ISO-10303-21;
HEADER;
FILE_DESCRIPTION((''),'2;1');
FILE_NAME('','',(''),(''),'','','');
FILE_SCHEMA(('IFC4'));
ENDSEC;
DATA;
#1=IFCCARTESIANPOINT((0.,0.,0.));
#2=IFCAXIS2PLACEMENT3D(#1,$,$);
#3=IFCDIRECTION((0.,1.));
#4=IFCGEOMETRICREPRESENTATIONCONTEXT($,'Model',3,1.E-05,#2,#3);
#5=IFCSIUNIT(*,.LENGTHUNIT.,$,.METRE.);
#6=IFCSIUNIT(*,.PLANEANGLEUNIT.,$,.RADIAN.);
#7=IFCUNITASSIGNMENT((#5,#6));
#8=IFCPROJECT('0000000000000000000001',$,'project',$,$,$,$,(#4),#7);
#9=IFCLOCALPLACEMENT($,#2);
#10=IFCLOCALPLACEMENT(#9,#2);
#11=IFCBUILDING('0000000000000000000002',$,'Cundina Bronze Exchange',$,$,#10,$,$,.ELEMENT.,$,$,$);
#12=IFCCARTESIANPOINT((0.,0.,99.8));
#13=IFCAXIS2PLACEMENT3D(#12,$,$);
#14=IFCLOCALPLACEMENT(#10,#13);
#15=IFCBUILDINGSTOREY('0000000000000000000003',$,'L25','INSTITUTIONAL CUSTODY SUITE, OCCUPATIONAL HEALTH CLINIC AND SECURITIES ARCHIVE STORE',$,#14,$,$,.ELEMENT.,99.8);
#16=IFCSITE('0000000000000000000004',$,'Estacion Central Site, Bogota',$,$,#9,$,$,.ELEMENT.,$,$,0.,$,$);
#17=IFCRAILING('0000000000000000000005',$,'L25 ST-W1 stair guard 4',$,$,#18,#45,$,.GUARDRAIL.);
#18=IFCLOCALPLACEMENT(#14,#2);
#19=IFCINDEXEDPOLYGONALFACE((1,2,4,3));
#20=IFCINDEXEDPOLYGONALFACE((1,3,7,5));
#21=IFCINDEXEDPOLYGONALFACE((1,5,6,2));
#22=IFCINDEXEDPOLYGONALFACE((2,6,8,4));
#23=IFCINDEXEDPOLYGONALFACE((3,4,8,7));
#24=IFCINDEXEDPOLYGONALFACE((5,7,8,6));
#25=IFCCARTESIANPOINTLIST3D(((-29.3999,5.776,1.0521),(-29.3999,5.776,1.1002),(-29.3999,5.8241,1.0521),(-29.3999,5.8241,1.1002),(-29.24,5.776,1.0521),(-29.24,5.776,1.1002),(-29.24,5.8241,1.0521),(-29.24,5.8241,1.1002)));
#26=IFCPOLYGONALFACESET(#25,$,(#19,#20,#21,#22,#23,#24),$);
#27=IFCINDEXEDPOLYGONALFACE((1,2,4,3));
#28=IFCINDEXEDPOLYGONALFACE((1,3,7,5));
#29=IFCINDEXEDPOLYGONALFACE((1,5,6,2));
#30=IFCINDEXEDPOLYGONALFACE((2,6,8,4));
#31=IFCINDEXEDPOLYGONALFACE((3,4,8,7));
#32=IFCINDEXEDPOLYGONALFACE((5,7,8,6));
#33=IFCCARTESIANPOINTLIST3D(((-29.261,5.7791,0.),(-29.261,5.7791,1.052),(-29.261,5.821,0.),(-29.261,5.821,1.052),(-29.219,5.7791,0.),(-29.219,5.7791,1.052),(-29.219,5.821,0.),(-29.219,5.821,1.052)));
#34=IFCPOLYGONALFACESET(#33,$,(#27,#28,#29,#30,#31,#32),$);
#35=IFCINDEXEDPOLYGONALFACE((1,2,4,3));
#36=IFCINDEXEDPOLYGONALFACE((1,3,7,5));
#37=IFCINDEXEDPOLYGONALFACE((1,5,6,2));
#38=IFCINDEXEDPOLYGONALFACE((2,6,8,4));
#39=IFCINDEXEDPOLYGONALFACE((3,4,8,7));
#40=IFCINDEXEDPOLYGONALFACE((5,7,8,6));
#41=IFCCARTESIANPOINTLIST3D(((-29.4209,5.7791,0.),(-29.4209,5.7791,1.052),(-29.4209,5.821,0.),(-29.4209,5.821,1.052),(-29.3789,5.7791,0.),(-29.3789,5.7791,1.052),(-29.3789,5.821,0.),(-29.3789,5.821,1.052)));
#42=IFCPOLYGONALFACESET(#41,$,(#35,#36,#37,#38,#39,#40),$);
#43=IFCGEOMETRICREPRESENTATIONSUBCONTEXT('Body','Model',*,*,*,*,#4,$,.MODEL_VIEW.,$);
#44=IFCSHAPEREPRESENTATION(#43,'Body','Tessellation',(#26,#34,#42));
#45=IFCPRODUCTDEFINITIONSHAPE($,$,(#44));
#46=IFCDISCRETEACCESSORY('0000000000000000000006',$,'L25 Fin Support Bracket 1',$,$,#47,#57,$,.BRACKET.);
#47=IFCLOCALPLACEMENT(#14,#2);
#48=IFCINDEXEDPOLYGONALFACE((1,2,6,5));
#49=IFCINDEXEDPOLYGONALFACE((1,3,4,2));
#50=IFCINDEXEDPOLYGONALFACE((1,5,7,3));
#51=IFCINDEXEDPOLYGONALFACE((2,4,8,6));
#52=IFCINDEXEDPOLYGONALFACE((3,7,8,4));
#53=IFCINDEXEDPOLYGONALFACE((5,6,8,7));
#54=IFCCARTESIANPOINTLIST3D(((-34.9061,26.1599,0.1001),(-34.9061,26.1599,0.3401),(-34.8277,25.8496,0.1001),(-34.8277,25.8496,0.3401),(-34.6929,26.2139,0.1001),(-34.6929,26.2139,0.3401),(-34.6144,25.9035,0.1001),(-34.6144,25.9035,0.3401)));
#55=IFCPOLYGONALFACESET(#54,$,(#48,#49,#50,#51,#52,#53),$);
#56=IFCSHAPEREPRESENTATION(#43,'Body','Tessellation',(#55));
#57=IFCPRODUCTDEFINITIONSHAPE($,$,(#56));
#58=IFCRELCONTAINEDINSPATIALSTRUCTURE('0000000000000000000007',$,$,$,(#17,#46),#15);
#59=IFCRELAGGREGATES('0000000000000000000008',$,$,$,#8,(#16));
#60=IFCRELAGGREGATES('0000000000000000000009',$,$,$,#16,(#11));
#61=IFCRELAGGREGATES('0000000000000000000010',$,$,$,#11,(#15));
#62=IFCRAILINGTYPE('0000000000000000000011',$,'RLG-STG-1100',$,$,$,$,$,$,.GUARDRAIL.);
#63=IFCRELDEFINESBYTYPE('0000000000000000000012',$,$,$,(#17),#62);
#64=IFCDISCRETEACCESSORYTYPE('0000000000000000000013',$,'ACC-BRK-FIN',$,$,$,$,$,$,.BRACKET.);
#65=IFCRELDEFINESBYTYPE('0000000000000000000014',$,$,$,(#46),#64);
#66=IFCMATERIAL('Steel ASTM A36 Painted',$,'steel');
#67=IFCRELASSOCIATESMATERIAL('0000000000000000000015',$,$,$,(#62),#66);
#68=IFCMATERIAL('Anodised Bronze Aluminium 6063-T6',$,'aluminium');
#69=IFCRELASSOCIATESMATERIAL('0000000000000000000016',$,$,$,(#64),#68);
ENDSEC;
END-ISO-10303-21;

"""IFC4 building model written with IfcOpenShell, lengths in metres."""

from ifc_helpers import new_model, si_unit, direction, frame, origin, origin_2d, place, context, subcontext, project, spatial, rectangle, extrude, material, type_object, element, save


model = new_model("IFC4")

# Units and contexts
model_context = context("Model", 3, precision=1e-05, world=origin(), true_north=direction((0.0, 1.0)))
body_context = subcontext(model_context, "Body", "Model", "MODEL_VIEW")
ifc_project = project(units=[si_unit("LENGTHUNIT", "METRE"), si_unit("PLANEANGLEUNIT", "RADIAN")], contexts=[model_context])

# Site, building, storey
site_placement = place(None, origin())
site = spatial("IfcSite", under=ifc_project, at=site_placement, Name="Estacion Central Site, Bogota", CompositionType="ELEMENT", RefElevation=0.0)
building_placement = place(site_placement, origin())
building = spatial("IfcBuilding", under=site, at=building_placement, Name="Cundina Bronze Exchange", CompositionType="ELEMENT")
storey_placement = place(building_placement, frame((0.0, 0.0, 99.8)))
storey = spatial("IfcBuildingStorey", under=building, at=storey_placement, Name="L25", Description="INSTITUTIONAL CUSTODY SUITE, OCCUPATIONAL HEALTH CLINIC AND SECURITIES ARCHIVE STORE", CompositionType="ELEMENT", Elevation=99.8)

# Shared definitions
ifc_material_1 = material(Name="Anodised Bronze Aluminium 6063-T6", Category="aluminium")

# Shared definitions
ifc_material_2 = material(Name="Steel ASTM A36 Painted", Category="steel")

# Railing
railing_type_1 = type_object("IfcRailingType", Name="RLG-STG-1100", PredefinedType="GUARDRAIL", material=ifc_material_2)
railing_1_placement = place(storey_placement, frame((-29.24, 5.8, 0.0)))
element("IfcRailing", 1, at=railing_1_placement, inside=storey, type_object=railing_type_1, Name="L25 ST-W1 stair guard 4", PredefinedType="GUARDRAIL", context=body_context, shape_type="SweptSolid", body=[
    extrude(rectangle(XDim=0.0481, YDim=0.0481, at=origin_2d()), frame((0.0, 0.0, 1.0762), z_axis=(-1.0, 0.0, 0.0), x_axis=(0.0, -1.0, 0.0)), (0.0, 0.0, 1.0), 0.1599),
    extrude(rectangle(XDim=0.042, YDim=0.042, at=origin_2d()), origin(), (0.0, 0.0, 1.0), 1.052),
    extrude(rectangle(XDim=0.042, YDim=0.042, at=origin_2d()), frame((-0.1599, 0.0, 0.0)), (0.0, 0.0, 1.0), 1.052),
])

# Discrete accessory
discrete_accessory_type = type_object("IfcDiscreteAccessoryType", Name="ACC-BRK-FIN", PredefinedType="BRACKET", material=ifc_material_1)
discrete_accessory_placement = place(storey_placement, frame((-34.7603, 26.0317, 0.1001), z_axis=(0.0, 0.0, 1.0), x_axis=(-0.969488, -0.245138, 0.0)))
element("IfcDiscreteAccessory", 2, at=discrete_accessory_placement, inside=storey, type_object=discrete_accessory_type, Name="L25 Fin Support Bracket 1", PredefinedType="BRACKET", context=body_context, shape_type="SweptSolid", body=[
    extrude(rectangle(XDim=0.22, YDim=0.3201, at=origin_2d()), origin(), (0.0, 0.0, 1.0), 0.24),
])

save(model, "model.ifc")
